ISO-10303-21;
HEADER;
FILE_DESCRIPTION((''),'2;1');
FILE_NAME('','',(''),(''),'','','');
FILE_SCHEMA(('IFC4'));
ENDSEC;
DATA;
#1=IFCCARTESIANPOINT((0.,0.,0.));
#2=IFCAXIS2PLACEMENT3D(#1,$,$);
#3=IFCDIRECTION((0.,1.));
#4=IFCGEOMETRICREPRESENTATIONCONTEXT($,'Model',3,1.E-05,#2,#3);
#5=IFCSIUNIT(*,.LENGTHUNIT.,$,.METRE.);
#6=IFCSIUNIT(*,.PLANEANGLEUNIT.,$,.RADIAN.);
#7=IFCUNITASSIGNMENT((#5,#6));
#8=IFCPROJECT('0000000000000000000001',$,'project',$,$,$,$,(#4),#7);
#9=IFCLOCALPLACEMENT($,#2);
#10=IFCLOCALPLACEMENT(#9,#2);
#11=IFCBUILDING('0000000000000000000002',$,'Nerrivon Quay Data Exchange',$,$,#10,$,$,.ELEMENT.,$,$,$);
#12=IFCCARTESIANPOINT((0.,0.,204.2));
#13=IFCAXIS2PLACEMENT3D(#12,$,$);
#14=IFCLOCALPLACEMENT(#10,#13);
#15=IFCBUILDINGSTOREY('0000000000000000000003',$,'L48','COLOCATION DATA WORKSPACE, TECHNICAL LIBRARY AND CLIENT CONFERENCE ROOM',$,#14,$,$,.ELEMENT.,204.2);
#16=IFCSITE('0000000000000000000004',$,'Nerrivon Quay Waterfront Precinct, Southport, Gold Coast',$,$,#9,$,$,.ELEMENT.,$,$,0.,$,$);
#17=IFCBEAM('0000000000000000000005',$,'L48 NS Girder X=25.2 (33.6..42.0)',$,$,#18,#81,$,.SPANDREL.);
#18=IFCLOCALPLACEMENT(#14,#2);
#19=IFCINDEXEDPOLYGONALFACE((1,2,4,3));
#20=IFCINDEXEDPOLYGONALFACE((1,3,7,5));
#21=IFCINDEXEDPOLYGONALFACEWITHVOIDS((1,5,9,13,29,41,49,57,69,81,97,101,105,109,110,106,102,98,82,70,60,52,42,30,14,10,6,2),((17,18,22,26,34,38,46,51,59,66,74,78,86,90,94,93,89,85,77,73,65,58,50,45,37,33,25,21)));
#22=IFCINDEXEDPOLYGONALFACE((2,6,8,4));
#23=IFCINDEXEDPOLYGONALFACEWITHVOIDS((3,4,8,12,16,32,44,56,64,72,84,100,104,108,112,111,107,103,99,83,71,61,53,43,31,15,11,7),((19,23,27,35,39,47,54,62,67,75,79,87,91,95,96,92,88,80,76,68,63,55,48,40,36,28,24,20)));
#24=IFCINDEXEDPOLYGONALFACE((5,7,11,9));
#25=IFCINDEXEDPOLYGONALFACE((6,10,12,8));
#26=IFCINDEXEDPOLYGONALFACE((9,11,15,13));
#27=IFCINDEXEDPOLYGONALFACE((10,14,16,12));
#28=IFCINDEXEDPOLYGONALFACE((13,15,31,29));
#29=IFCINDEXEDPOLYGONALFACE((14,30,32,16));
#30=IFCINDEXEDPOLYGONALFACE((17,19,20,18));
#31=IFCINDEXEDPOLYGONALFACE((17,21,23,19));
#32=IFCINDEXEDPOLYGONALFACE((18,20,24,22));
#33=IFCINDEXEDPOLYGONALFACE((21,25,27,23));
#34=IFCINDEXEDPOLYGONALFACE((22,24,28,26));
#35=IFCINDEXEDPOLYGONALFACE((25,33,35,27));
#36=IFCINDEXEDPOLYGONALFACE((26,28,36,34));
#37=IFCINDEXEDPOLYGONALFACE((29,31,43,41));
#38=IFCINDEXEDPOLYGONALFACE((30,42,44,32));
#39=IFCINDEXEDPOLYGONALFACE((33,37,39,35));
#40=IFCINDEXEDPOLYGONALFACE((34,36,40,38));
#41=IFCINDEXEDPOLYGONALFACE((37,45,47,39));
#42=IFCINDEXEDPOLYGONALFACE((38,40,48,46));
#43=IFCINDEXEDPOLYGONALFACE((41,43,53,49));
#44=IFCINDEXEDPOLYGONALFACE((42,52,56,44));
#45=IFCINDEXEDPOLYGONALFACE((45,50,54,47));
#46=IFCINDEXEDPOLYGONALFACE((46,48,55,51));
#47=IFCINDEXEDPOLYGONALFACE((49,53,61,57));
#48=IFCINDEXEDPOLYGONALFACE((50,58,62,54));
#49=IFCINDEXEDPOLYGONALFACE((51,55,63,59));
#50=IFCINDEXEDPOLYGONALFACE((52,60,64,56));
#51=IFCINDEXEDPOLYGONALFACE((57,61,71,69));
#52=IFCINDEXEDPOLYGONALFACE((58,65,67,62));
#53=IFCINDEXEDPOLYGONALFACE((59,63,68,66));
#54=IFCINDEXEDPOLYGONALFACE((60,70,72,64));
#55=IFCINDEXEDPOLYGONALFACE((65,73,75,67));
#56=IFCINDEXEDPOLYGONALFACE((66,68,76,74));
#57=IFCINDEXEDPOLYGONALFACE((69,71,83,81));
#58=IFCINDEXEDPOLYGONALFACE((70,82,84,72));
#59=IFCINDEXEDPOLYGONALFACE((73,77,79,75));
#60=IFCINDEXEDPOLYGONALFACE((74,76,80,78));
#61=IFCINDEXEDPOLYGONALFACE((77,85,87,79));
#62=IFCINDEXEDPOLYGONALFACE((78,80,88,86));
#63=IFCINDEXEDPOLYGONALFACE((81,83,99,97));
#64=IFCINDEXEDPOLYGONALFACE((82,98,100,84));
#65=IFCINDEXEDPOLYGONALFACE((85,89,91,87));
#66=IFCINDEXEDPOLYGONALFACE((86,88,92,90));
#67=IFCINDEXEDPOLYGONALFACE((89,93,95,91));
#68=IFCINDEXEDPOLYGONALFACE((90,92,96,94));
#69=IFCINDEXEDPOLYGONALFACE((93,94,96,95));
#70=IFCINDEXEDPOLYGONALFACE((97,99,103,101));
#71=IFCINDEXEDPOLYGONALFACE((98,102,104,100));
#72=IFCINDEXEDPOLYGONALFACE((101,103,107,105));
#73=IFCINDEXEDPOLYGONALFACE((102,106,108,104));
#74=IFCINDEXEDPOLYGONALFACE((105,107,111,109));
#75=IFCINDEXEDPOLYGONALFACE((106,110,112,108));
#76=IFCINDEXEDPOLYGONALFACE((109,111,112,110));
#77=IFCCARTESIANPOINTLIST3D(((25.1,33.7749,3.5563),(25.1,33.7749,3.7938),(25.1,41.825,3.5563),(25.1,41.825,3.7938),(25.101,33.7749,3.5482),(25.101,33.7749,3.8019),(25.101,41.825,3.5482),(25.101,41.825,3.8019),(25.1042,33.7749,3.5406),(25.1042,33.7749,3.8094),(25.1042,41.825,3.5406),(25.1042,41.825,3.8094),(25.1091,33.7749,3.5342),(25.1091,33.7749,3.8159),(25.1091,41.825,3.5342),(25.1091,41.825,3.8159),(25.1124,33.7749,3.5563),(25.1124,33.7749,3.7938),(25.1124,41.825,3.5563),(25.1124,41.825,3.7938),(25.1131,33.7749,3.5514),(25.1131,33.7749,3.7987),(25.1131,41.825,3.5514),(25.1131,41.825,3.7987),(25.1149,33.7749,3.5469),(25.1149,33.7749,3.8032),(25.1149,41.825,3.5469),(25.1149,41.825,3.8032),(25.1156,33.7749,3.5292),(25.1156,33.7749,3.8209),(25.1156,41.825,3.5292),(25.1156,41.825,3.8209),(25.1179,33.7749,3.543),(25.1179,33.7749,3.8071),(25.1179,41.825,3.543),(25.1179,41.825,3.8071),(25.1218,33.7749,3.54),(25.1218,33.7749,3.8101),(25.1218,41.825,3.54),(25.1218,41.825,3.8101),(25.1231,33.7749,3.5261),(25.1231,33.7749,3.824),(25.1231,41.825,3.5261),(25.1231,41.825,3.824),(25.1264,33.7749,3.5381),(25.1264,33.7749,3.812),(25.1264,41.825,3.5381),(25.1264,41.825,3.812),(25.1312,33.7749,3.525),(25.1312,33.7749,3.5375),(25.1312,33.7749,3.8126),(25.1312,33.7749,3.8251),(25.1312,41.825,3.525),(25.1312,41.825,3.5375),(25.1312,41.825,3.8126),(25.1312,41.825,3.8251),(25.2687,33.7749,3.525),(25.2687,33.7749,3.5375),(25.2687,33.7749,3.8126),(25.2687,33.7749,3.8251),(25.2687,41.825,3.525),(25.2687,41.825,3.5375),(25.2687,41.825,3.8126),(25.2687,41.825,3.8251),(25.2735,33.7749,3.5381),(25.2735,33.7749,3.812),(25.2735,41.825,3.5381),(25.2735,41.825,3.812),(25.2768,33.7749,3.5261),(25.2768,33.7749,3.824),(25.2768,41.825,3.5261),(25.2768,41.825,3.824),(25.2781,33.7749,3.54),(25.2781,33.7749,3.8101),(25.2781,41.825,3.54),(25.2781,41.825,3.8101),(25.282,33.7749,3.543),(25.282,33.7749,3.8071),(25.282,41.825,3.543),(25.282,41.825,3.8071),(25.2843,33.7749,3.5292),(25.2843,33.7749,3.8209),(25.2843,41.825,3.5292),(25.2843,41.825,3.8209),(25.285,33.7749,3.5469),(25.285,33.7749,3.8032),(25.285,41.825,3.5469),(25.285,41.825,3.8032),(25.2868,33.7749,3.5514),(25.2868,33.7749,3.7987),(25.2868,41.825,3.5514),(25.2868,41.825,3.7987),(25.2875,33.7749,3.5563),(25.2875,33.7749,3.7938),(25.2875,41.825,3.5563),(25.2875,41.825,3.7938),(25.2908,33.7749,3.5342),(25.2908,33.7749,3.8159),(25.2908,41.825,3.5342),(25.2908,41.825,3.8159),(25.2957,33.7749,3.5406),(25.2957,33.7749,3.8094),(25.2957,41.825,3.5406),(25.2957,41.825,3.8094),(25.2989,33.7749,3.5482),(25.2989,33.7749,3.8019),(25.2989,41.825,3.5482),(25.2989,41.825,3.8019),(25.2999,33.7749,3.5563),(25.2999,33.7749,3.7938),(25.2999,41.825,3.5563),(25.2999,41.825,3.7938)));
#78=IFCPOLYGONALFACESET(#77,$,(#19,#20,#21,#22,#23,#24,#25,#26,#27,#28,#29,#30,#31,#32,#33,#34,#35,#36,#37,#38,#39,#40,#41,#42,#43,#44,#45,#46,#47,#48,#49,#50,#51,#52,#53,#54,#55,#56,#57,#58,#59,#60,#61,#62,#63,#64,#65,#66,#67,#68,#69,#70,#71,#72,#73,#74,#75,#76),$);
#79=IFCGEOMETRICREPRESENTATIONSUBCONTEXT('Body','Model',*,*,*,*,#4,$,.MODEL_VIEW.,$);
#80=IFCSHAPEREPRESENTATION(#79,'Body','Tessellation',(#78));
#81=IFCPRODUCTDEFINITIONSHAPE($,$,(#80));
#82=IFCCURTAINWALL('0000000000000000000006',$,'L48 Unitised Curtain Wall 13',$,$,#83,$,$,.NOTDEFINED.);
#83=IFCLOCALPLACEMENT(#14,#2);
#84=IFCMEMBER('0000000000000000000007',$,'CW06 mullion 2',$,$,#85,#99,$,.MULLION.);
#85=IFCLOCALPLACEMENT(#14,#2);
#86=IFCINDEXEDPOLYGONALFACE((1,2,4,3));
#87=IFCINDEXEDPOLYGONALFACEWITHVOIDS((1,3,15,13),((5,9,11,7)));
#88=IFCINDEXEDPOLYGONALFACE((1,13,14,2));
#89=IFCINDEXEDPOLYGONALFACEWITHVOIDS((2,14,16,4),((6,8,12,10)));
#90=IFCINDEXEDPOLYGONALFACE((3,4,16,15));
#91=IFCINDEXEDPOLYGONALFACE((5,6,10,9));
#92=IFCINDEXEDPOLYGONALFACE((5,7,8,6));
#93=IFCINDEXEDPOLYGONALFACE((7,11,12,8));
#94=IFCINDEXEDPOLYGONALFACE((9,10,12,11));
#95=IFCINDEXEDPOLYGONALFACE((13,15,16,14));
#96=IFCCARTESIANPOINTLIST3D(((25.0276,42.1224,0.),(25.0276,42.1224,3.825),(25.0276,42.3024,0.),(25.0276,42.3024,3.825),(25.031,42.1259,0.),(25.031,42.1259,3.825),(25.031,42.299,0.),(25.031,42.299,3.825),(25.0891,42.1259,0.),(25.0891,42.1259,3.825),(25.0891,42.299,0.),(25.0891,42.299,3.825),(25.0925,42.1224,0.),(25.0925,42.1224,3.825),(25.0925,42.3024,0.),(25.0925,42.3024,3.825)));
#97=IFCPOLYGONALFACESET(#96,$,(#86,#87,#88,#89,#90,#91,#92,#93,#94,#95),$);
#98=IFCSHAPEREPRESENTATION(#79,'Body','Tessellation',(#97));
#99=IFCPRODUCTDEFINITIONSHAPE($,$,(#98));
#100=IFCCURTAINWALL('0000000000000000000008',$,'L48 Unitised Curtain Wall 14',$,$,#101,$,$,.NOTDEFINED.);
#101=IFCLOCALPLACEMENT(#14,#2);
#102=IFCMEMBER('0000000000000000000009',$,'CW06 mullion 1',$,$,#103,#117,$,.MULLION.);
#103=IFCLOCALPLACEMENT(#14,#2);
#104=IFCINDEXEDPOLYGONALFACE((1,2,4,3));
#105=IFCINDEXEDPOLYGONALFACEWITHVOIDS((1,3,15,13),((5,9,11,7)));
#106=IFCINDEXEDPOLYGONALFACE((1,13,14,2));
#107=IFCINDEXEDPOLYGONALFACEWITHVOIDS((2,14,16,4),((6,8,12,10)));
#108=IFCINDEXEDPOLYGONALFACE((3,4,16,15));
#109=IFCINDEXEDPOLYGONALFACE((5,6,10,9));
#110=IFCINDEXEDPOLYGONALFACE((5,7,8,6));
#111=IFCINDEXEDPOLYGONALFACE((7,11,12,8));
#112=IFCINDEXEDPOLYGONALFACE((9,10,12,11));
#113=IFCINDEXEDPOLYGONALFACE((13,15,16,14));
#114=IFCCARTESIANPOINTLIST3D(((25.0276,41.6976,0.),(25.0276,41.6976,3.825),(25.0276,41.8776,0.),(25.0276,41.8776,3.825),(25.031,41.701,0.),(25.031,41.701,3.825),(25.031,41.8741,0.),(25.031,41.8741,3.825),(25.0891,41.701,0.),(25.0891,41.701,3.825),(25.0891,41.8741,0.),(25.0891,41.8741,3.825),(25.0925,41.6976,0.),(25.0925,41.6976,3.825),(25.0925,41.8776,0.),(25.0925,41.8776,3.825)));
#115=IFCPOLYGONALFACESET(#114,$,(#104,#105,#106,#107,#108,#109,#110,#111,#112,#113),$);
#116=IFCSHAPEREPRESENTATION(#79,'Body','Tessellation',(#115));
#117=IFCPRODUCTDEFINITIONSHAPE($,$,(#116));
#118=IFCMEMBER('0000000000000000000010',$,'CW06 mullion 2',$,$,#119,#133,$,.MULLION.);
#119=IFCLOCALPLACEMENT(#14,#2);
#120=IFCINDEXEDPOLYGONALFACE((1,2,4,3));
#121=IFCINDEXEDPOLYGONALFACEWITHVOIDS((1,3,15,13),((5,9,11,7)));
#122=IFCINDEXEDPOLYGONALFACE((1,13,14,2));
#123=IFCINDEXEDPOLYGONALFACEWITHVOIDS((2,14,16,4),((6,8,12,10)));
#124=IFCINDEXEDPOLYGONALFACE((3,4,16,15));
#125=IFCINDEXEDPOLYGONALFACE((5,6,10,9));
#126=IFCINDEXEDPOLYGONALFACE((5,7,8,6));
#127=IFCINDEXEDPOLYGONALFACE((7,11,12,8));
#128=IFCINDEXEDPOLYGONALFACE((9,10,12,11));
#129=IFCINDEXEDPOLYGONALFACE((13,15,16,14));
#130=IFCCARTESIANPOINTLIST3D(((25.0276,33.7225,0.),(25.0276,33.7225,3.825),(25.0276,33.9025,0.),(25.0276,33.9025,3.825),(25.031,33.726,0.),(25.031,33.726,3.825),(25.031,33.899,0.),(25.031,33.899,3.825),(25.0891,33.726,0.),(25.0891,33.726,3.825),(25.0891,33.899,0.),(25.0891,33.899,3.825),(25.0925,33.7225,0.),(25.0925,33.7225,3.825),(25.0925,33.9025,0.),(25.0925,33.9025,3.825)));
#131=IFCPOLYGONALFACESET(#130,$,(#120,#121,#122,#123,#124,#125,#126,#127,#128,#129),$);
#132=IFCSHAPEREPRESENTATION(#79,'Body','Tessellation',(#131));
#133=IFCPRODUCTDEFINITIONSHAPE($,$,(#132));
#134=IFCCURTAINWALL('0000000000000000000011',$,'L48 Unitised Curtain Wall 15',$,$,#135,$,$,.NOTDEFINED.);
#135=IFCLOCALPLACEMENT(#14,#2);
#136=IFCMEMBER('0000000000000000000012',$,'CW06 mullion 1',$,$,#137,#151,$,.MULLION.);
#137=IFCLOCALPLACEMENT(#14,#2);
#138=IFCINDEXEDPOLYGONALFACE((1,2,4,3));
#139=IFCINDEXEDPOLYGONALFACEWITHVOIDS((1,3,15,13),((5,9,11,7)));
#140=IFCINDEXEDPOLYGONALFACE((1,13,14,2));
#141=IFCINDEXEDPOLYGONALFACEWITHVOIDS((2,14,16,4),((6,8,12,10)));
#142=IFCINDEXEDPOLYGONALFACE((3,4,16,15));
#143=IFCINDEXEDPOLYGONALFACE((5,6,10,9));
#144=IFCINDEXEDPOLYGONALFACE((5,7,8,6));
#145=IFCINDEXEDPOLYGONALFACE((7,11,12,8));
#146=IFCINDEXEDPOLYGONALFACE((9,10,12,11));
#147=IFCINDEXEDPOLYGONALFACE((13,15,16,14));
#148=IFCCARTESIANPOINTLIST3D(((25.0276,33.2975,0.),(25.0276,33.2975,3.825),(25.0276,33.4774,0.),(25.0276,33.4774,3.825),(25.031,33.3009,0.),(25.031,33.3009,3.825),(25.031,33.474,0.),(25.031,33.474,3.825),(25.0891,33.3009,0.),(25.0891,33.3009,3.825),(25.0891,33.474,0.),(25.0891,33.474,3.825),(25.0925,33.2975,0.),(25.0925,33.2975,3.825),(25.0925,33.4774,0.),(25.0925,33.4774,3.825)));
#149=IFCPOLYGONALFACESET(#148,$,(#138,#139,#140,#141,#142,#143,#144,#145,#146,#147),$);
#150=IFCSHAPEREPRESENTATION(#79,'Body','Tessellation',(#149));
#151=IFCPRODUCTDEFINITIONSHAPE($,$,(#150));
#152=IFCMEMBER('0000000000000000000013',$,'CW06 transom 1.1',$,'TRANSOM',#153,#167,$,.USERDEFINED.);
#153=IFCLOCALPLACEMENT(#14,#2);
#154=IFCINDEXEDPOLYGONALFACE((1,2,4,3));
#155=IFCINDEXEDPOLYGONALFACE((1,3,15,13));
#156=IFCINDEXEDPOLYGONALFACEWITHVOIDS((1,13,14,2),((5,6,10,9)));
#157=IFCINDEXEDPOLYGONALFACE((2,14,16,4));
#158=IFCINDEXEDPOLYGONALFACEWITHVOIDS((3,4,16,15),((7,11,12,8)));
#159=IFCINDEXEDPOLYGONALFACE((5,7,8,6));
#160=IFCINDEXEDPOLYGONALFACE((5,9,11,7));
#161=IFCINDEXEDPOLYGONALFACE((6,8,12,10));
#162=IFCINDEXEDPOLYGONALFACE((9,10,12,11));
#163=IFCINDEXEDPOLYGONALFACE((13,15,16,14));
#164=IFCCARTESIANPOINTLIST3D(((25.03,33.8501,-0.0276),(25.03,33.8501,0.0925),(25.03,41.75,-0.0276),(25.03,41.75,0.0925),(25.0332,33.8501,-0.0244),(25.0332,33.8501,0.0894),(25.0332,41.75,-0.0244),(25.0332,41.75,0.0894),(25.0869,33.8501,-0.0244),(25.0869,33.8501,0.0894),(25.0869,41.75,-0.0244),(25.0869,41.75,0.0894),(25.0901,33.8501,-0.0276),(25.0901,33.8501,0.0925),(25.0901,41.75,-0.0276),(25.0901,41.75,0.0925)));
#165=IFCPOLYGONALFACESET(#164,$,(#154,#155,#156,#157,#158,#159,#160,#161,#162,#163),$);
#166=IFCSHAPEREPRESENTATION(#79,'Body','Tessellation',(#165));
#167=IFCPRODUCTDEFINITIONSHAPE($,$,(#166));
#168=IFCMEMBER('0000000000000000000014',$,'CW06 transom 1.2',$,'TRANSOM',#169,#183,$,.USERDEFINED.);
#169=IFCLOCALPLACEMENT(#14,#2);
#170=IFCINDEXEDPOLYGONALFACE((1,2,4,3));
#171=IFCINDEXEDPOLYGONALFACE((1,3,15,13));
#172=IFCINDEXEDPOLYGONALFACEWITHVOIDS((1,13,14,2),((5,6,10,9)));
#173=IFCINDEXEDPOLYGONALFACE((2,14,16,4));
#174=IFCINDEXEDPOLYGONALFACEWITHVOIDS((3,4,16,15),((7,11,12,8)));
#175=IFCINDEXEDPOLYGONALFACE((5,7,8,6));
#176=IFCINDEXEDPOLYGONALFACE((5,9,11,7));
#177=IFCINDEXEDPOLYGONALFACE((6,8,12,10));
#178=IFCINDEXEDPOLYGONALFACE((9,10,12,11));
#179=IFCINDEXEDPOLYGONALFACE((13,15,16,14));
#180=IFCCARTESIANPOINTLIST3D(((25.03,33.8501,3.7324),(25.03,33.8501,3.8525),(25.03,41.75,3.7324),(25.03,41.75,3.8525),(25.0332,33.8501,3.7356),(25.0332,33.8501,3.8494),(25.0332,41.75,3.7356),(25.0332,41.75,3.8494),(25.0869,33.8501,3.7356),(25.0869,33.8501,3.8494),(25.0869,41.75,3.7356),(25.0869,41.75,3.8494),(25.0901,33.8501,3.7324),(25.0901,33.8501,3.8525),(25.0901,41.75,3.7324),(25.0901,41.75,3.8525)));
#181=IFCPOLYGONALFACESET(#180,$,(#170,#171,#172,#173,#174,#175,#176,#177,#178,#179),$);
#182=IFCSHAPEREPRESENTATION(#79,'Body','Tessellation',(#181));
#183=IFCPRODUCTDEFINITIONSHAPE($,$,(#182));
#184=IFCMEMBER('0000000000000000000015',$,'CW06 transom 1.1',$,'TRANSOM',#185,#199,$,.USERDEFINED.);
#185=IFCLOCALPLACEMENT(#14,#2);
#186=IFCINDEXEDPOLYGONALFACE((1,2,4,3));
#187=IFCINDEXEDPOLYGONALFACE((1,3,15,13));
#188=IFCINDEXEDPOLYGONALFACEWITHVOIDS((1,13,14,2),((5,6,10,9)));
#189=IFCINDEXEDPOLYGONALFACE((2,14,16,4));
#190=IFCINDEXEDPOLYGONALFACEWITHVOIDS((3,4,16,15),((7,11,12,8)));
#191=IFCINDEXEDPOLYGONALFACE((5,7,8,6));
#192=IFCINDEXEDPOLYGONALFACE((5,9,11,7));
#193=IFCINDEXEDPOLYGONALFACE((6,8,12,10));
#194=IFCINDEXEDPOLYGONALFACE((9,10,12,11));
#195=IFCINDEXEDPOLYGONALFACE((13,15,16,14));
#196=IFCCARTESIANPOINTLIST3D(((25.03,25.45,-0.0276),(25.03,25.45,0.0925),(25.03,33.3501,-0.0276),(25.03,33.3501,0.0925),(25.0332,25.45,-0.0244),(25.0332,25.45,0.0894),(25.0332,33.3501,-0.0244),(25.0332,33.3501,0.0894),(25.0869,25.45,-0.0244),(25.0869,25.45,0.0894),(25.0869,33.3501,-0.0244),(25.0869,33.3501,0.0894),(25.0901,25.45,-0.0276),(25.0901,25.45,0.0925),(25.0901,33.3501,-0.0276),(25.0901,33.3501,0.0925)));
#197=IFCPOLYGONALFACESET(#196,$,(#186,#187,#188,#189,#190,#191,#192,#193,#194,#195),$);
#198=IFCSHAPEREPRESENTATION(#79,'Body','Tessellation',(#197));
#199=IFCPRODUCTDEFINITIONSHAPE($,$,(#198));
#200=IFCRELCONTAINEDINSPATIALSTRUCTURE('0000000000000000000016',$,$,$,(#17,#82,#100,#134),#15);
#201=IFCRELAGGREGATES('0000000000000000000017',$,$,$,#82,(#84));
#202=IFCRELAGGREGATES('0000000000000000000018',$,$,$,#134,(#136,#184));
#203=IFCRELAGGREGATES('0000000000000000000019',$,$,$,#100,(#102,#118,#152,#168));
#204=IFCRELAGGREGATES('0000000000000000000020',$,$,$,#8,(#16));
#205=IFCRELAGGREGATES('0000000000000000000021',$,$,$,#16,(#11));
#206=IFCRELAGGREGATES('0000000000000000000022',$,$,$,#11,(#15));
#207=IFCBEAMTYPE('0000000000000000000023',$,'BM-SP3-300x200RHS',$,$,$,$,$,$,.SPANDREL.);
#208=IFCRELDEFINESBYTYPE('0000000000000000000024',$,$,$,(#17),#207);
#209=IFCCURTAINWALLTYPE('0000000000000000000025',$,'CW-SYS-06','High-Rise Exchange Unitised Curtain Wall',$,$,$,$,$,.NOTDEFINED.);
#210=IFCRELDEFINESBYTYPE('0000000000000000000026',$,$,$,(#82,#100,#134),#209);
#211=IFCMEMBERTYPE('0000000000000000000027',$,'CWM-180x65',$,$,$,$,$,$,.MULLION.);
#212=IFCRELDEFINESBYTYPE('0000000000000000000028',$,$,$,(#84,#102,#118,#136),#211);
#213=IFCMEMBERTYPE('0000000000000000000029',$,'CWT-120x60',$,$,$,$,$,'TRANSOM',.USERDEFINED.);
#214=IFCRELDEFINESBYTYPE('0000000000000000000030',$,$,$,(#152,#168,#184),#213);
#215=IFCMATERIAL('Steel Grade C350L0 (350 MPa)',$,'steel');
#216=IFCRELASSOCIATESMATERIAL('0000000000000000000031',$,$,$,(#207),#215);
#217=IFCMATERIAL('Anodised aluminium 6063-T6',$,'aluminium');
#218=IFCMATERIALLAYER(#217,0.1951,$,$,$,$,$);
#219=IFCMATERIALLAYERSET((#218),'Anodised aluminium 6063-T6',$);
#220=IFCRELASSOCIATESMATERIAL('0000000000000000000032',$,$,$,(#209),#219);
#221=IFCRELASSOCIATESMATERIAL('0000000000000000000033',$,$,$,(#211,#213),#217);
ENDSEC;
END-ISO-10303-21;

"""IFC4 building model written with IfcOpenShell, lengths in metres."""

from ifc_helpers import new_model, si_unit, direction, frame, origin, origin_2d, place, context, subcontext, project, spatial, hollow_rectangle, extrude, material, layer, layer_set, material_profile, profile_set, type_object, element, aggregate, save


model = new_model("IFC4")

# Units and contexts
model_context = context("Model", 3, precision=1e-05, world=origin(), true_north=direction((0.0, 1.0)))
body_context = subcontext(model_context, "Body", "Model", "MODEL_VIEW")
ifc_project = project(units=[si_unit("LENGTHUNIT", "METRE"), si_unit("PLANEANGLEUNIT", "RADIAN")], contexts=[model_context])

# Site, building, storey
site_placement = place(None, origin())
site = spatial("IfcSite", under=ifc_project, at=site_placement, Name="Nerrivon Quay Waterfront Precinct, Southport, Gold Coast", CompositionType="ELEMENT", RefElevation=0.0)
building_placement = place(site_placement, origin())
building = spatial("IfcBuilding", under=site, at=building_placement, Name="Nerrivon Quay Data Exchange", CompositionType="ELEMENT")
storey_placement = place(building_placement, frame((0.0, 0.0, 204.2)))
storey = spatial("IfcBuildingStorey", under=building, at=storey_placement, Name="L48", Description="COLOCATION DATA WORKSPACE, TECHNICAL LIBRARY AND CLIENT CONFERENCE ROOM", CompositionType="ELEMENT", Elevation=204.2)

# Beam
ifc_material_1 = material(Name="Steel Grade C350L0 (350 MPa)", Category="steel")
ifc_material_profile_1 = material_profile(ifc_material_1, hollow_rectangle(XDim=0.2, YDim=0.3, WallThickness=0.0125, InnerFilletRadius=0.0188, OuterFilletRadius=0.0312, at=origin_2d()), Name="300x200x12.5RHS")
ifc_profile_set_1 = profile_set([ifc_material_profile_1], Name="Steel Grade C350L0 (350 MPa)")
beam_type_1 = type_object("IfcBeamType", Name="BM-SP3-300x200RHS", PredefinedType="SPANDREL", material=ifc_profile_set_1)
beam_1_placement = place(storey_placement, frame((25.2, 33.7749, 3.675), z_axis=(0.0, 1.0, 0.0), x_axis=(-1.0, 0.0, 0.0)))
element("IfcBeam", 1, at=beam_1_placement, inside=storey, type_object=beam_type_1, Name="L48 NS Girder X=25.2 (33.6..42.0)", PredefinedType="SPANDREL", context=body_context, shape_type="SweptSolid", body=[
    extrude(hollow_rectangle(XDim=0.2, YDim=0.3, WallThickness=0.0125, InnerFilletRadius=0.0188, OuterFilletRadius=0.0312, at=origin_2d()), origin(), (0.0, 0.0, 1.0), 8.05),
])

# Curtain wall, member
ifc_material_2 = material(Name="Anodised aluminium 6063-T6", Category="aluminium")
ifc_layer_1 = layer(ifc_material_2, 0.1951)
ifc_layer_set_1 = layer_set([ifc_layer_1], Name="Anodised aluminium 6063-T6")
curtain_wall_type = type_object("IfcCurtainWallType", Name="CW-SYS-06", Description="High-Rise Exchange Unitised Curtain Wall", PredefinedType="NOTDEFINED", material=ifc_layer_set_1)
curtain_wall_1_placement = place(storey_placement, origin())
curtain_wall_1 = element("IfcCurtainWall", 2, at=curtain_wall_1_placement, inside=storey, type_object=curtain_wall_type, Name="L48 Unitised Curtain Wall 13", PredefinedType="NOTDEFINED")
ifc_material_profile_2 = material_profile(ifc_material_2, hollow_rectangle(XDim=0.0649, YDim=0.1799, WallThickness=0.0034, at=origin_2d()), Name="ALU-MULL-180x65")
ifc_profile_set_2 = profile_set([ifc_material_profile_2], Name="Anodised aluminium 6063-T6")
member_type_1 = type_object("IfcMemberType", Name="CWM-180x65", PredefinedType="MULLION", material=ifc_profile_set_2)
member_1_placement = place(storey_placement, frame((25.0601, 42.2124, 0.0), z_axis=(0.0, 0.0, 1.0), x_axis=(1.0, 0.0, 0.0)))
member_1 = element("IfcMember", 3, at=member_1_placement, type_object=member_type_1, Name="CW06 mullion 2", PredefinedType="MULLION", context=body_context, shape_type="SweptSolid", body=[
    extrude(hollow_rectangle(XDim=0.0649, YDim=0.1799, WallThickness=0.0034, at=origin_2d()), origin(), (0.0, 0.0, 1.0), 3.825),
])
aggregate(curtain_wall_1, [member_1])

# Curtain wall, members
curtain_wall_2_placement = place(storey_placement, origin())
curtain_wall_2 = element("IfcCurtainWall", 4, at=curtain_wall_2_placement, inside=storey, type_object=curtain_wall_type, Name="L48 Unitised Curtain Wall 14", PredefinedType="NOTDEFINED")
member_2_placement = place(storey_placement, frame((25.0601, 41.7876, 0.0), z_axis=(0.0, 0.0, 1.0), x_axis=(1.0, 0.0, 0.0)))
member_2 = element("IfcMember", 5, at=member_2_placement, type_object=member_type_1, Name="CW06 mullion 1", PredefinedType="MULLION", context=body_context, shape_type="SweptSolid", body=[
    extrude(hollow_rectangle(XDim=0.0649, YDim=0.1799, WallThickness=0.0034, at=origin_2d()), origin(), (0.0, 0.0, 1.0), 3.825),
])
member_3_placement = place(storey_placement, frame((25.0601, 33.8125, 0.0), z_axis=(0.0, 0.0, 1.0), x_axis=(1.0, 0.0, 0.0)))
member_3 = element("IfcMember", 6, at=member_3_placement, type_object=member_type_1, Name="CW06 mullion 2", PredefinedType="MULLION", context=body_context, shape_type="SweptSolid", body=[
    extrude(hollow_rectangle(XDim=0.0649, YDim=0.1799, WallThickness=0.0034, at=origin_2d()), origin(), (0.0, 0.0, 1.0), 3.825),
])

# Curtain wall, member
curtain_wall_3_placement = place(storey_placement, origin())
curtain_wall_3 = element("IfcCurtainWall", 7, at=curtain_wall_3_placement, inside=storey, type_object=curtain_wall_type, Name="L48 Unitised Curtain Wall 15", PredefinedType="NOTDEFINED")
member_4_placement = place(storey_placement, frame((25.0601, 33.3875, 0.0), z_axis=(0.0, 0.0, 1.0), x_axis=(1.0, 0.0, 0.0)))
member_4 = element("IfcMember", 8, at=member_4_placement, type_object=member_type_1, Name="CW06 mullion 1", PredefinedType="MULLION", context=body_context, shape_type="SweptSolid", body=[
    extrude(hollow_rectangle(XDim=0.0649, YDim=0.1799, WallThickness=0.0034, at=origin_2d()), origin(), (0.0, 0.0, 1.0), 3.825),
])

# Members
ifc_material_profile_3 = material_profile(ifc_material_2, hollow_rectangle(XDim=0.0601, YDim=0.1201, WallThickness=0.0032, at=origin_2d()), Name="ALU-TRAN-120x60")
ifc_profile_set_3 = profile_set([ifc_material_profile_3], Name="Anodised aluminium 6063-T6")
member_type_2 = type_object("IfcMemberType", Name="CWT-120x60", ElementType="TRANSOM", PredefinedType="USERDEFINED", material=ifc_profile_set_3)
member_5_placement = place(storey_placement, frame((25.0601, 41.75, 0.0325), z_axis=(0.0, -1.0, 0.0), x_axis=(1.0, 0.0, 0.0)))
member_5 = element("IfcMember", 9, at=member_5_placement, type_object=member_type_2, Name="CW06 transom 1.1", ObjectType="TRANSOM", PredefinedType="USERDEFINED", context=body_context, shape_type="SweptSolid", body=[
    extrude(hollow_rectangle(XDim=0.0601, YDim=0.1201, WallThickness=0.0032, at=origin_2d()), origin(), (0.0, 0.0, 1.0), 7.8999),
])
member_6_placement = place(storey_placement, frame((25.0601, 41.75, 3.7925), z_axis=(0.0, -1.0, 0.0), x_axis=(1.0, 0.0, 0.0)))
member_6 = element("IfcMember", 10, at=member_6_placement, type_object=member_type_2, Name="CW06 transom 1.2", ObjectType="TRANSOM", PredefinedType="USERDEFINED", context=body_context, shape_type="SweptSolid", body=[
    extrude(hollow_rectangle(XDim=0.0601, YDim=0.1201, WallThickness=0.0032, at=origin_2d()), origin(), (0.0, 0.0, 1.0), 7.8999),
])
member_7_placement = place(storey_placement, frame((25.0601, 33.3501, 0.0325), z_axis=(0.0, -1.0, 0.0), x_axis=(1.0, 0.0, 0.0)))
member_7 = element("IfcMember", 11, at=member_7_placement, type_object=member_type_2, Name="CW06 transom 1.1", ObjectType="TRANSOM", PredefinedType="USERDEFINED", context=body_context, shape_type="SweptSolid", body=[
    extrude(hollow_rectangle(XDim=0.0601, YDim=0.1201, WallThickness=0.0032, at=origin_2d()), origin(), (0.0, 0.0, 1.0), 7.9001),
])
aggregate(curtain_wall_3, [member_4, member_7])

aggregate(curtain_wall_2, [member_2, member_3, member_5, member_6])

save(model, "model.ifc")
